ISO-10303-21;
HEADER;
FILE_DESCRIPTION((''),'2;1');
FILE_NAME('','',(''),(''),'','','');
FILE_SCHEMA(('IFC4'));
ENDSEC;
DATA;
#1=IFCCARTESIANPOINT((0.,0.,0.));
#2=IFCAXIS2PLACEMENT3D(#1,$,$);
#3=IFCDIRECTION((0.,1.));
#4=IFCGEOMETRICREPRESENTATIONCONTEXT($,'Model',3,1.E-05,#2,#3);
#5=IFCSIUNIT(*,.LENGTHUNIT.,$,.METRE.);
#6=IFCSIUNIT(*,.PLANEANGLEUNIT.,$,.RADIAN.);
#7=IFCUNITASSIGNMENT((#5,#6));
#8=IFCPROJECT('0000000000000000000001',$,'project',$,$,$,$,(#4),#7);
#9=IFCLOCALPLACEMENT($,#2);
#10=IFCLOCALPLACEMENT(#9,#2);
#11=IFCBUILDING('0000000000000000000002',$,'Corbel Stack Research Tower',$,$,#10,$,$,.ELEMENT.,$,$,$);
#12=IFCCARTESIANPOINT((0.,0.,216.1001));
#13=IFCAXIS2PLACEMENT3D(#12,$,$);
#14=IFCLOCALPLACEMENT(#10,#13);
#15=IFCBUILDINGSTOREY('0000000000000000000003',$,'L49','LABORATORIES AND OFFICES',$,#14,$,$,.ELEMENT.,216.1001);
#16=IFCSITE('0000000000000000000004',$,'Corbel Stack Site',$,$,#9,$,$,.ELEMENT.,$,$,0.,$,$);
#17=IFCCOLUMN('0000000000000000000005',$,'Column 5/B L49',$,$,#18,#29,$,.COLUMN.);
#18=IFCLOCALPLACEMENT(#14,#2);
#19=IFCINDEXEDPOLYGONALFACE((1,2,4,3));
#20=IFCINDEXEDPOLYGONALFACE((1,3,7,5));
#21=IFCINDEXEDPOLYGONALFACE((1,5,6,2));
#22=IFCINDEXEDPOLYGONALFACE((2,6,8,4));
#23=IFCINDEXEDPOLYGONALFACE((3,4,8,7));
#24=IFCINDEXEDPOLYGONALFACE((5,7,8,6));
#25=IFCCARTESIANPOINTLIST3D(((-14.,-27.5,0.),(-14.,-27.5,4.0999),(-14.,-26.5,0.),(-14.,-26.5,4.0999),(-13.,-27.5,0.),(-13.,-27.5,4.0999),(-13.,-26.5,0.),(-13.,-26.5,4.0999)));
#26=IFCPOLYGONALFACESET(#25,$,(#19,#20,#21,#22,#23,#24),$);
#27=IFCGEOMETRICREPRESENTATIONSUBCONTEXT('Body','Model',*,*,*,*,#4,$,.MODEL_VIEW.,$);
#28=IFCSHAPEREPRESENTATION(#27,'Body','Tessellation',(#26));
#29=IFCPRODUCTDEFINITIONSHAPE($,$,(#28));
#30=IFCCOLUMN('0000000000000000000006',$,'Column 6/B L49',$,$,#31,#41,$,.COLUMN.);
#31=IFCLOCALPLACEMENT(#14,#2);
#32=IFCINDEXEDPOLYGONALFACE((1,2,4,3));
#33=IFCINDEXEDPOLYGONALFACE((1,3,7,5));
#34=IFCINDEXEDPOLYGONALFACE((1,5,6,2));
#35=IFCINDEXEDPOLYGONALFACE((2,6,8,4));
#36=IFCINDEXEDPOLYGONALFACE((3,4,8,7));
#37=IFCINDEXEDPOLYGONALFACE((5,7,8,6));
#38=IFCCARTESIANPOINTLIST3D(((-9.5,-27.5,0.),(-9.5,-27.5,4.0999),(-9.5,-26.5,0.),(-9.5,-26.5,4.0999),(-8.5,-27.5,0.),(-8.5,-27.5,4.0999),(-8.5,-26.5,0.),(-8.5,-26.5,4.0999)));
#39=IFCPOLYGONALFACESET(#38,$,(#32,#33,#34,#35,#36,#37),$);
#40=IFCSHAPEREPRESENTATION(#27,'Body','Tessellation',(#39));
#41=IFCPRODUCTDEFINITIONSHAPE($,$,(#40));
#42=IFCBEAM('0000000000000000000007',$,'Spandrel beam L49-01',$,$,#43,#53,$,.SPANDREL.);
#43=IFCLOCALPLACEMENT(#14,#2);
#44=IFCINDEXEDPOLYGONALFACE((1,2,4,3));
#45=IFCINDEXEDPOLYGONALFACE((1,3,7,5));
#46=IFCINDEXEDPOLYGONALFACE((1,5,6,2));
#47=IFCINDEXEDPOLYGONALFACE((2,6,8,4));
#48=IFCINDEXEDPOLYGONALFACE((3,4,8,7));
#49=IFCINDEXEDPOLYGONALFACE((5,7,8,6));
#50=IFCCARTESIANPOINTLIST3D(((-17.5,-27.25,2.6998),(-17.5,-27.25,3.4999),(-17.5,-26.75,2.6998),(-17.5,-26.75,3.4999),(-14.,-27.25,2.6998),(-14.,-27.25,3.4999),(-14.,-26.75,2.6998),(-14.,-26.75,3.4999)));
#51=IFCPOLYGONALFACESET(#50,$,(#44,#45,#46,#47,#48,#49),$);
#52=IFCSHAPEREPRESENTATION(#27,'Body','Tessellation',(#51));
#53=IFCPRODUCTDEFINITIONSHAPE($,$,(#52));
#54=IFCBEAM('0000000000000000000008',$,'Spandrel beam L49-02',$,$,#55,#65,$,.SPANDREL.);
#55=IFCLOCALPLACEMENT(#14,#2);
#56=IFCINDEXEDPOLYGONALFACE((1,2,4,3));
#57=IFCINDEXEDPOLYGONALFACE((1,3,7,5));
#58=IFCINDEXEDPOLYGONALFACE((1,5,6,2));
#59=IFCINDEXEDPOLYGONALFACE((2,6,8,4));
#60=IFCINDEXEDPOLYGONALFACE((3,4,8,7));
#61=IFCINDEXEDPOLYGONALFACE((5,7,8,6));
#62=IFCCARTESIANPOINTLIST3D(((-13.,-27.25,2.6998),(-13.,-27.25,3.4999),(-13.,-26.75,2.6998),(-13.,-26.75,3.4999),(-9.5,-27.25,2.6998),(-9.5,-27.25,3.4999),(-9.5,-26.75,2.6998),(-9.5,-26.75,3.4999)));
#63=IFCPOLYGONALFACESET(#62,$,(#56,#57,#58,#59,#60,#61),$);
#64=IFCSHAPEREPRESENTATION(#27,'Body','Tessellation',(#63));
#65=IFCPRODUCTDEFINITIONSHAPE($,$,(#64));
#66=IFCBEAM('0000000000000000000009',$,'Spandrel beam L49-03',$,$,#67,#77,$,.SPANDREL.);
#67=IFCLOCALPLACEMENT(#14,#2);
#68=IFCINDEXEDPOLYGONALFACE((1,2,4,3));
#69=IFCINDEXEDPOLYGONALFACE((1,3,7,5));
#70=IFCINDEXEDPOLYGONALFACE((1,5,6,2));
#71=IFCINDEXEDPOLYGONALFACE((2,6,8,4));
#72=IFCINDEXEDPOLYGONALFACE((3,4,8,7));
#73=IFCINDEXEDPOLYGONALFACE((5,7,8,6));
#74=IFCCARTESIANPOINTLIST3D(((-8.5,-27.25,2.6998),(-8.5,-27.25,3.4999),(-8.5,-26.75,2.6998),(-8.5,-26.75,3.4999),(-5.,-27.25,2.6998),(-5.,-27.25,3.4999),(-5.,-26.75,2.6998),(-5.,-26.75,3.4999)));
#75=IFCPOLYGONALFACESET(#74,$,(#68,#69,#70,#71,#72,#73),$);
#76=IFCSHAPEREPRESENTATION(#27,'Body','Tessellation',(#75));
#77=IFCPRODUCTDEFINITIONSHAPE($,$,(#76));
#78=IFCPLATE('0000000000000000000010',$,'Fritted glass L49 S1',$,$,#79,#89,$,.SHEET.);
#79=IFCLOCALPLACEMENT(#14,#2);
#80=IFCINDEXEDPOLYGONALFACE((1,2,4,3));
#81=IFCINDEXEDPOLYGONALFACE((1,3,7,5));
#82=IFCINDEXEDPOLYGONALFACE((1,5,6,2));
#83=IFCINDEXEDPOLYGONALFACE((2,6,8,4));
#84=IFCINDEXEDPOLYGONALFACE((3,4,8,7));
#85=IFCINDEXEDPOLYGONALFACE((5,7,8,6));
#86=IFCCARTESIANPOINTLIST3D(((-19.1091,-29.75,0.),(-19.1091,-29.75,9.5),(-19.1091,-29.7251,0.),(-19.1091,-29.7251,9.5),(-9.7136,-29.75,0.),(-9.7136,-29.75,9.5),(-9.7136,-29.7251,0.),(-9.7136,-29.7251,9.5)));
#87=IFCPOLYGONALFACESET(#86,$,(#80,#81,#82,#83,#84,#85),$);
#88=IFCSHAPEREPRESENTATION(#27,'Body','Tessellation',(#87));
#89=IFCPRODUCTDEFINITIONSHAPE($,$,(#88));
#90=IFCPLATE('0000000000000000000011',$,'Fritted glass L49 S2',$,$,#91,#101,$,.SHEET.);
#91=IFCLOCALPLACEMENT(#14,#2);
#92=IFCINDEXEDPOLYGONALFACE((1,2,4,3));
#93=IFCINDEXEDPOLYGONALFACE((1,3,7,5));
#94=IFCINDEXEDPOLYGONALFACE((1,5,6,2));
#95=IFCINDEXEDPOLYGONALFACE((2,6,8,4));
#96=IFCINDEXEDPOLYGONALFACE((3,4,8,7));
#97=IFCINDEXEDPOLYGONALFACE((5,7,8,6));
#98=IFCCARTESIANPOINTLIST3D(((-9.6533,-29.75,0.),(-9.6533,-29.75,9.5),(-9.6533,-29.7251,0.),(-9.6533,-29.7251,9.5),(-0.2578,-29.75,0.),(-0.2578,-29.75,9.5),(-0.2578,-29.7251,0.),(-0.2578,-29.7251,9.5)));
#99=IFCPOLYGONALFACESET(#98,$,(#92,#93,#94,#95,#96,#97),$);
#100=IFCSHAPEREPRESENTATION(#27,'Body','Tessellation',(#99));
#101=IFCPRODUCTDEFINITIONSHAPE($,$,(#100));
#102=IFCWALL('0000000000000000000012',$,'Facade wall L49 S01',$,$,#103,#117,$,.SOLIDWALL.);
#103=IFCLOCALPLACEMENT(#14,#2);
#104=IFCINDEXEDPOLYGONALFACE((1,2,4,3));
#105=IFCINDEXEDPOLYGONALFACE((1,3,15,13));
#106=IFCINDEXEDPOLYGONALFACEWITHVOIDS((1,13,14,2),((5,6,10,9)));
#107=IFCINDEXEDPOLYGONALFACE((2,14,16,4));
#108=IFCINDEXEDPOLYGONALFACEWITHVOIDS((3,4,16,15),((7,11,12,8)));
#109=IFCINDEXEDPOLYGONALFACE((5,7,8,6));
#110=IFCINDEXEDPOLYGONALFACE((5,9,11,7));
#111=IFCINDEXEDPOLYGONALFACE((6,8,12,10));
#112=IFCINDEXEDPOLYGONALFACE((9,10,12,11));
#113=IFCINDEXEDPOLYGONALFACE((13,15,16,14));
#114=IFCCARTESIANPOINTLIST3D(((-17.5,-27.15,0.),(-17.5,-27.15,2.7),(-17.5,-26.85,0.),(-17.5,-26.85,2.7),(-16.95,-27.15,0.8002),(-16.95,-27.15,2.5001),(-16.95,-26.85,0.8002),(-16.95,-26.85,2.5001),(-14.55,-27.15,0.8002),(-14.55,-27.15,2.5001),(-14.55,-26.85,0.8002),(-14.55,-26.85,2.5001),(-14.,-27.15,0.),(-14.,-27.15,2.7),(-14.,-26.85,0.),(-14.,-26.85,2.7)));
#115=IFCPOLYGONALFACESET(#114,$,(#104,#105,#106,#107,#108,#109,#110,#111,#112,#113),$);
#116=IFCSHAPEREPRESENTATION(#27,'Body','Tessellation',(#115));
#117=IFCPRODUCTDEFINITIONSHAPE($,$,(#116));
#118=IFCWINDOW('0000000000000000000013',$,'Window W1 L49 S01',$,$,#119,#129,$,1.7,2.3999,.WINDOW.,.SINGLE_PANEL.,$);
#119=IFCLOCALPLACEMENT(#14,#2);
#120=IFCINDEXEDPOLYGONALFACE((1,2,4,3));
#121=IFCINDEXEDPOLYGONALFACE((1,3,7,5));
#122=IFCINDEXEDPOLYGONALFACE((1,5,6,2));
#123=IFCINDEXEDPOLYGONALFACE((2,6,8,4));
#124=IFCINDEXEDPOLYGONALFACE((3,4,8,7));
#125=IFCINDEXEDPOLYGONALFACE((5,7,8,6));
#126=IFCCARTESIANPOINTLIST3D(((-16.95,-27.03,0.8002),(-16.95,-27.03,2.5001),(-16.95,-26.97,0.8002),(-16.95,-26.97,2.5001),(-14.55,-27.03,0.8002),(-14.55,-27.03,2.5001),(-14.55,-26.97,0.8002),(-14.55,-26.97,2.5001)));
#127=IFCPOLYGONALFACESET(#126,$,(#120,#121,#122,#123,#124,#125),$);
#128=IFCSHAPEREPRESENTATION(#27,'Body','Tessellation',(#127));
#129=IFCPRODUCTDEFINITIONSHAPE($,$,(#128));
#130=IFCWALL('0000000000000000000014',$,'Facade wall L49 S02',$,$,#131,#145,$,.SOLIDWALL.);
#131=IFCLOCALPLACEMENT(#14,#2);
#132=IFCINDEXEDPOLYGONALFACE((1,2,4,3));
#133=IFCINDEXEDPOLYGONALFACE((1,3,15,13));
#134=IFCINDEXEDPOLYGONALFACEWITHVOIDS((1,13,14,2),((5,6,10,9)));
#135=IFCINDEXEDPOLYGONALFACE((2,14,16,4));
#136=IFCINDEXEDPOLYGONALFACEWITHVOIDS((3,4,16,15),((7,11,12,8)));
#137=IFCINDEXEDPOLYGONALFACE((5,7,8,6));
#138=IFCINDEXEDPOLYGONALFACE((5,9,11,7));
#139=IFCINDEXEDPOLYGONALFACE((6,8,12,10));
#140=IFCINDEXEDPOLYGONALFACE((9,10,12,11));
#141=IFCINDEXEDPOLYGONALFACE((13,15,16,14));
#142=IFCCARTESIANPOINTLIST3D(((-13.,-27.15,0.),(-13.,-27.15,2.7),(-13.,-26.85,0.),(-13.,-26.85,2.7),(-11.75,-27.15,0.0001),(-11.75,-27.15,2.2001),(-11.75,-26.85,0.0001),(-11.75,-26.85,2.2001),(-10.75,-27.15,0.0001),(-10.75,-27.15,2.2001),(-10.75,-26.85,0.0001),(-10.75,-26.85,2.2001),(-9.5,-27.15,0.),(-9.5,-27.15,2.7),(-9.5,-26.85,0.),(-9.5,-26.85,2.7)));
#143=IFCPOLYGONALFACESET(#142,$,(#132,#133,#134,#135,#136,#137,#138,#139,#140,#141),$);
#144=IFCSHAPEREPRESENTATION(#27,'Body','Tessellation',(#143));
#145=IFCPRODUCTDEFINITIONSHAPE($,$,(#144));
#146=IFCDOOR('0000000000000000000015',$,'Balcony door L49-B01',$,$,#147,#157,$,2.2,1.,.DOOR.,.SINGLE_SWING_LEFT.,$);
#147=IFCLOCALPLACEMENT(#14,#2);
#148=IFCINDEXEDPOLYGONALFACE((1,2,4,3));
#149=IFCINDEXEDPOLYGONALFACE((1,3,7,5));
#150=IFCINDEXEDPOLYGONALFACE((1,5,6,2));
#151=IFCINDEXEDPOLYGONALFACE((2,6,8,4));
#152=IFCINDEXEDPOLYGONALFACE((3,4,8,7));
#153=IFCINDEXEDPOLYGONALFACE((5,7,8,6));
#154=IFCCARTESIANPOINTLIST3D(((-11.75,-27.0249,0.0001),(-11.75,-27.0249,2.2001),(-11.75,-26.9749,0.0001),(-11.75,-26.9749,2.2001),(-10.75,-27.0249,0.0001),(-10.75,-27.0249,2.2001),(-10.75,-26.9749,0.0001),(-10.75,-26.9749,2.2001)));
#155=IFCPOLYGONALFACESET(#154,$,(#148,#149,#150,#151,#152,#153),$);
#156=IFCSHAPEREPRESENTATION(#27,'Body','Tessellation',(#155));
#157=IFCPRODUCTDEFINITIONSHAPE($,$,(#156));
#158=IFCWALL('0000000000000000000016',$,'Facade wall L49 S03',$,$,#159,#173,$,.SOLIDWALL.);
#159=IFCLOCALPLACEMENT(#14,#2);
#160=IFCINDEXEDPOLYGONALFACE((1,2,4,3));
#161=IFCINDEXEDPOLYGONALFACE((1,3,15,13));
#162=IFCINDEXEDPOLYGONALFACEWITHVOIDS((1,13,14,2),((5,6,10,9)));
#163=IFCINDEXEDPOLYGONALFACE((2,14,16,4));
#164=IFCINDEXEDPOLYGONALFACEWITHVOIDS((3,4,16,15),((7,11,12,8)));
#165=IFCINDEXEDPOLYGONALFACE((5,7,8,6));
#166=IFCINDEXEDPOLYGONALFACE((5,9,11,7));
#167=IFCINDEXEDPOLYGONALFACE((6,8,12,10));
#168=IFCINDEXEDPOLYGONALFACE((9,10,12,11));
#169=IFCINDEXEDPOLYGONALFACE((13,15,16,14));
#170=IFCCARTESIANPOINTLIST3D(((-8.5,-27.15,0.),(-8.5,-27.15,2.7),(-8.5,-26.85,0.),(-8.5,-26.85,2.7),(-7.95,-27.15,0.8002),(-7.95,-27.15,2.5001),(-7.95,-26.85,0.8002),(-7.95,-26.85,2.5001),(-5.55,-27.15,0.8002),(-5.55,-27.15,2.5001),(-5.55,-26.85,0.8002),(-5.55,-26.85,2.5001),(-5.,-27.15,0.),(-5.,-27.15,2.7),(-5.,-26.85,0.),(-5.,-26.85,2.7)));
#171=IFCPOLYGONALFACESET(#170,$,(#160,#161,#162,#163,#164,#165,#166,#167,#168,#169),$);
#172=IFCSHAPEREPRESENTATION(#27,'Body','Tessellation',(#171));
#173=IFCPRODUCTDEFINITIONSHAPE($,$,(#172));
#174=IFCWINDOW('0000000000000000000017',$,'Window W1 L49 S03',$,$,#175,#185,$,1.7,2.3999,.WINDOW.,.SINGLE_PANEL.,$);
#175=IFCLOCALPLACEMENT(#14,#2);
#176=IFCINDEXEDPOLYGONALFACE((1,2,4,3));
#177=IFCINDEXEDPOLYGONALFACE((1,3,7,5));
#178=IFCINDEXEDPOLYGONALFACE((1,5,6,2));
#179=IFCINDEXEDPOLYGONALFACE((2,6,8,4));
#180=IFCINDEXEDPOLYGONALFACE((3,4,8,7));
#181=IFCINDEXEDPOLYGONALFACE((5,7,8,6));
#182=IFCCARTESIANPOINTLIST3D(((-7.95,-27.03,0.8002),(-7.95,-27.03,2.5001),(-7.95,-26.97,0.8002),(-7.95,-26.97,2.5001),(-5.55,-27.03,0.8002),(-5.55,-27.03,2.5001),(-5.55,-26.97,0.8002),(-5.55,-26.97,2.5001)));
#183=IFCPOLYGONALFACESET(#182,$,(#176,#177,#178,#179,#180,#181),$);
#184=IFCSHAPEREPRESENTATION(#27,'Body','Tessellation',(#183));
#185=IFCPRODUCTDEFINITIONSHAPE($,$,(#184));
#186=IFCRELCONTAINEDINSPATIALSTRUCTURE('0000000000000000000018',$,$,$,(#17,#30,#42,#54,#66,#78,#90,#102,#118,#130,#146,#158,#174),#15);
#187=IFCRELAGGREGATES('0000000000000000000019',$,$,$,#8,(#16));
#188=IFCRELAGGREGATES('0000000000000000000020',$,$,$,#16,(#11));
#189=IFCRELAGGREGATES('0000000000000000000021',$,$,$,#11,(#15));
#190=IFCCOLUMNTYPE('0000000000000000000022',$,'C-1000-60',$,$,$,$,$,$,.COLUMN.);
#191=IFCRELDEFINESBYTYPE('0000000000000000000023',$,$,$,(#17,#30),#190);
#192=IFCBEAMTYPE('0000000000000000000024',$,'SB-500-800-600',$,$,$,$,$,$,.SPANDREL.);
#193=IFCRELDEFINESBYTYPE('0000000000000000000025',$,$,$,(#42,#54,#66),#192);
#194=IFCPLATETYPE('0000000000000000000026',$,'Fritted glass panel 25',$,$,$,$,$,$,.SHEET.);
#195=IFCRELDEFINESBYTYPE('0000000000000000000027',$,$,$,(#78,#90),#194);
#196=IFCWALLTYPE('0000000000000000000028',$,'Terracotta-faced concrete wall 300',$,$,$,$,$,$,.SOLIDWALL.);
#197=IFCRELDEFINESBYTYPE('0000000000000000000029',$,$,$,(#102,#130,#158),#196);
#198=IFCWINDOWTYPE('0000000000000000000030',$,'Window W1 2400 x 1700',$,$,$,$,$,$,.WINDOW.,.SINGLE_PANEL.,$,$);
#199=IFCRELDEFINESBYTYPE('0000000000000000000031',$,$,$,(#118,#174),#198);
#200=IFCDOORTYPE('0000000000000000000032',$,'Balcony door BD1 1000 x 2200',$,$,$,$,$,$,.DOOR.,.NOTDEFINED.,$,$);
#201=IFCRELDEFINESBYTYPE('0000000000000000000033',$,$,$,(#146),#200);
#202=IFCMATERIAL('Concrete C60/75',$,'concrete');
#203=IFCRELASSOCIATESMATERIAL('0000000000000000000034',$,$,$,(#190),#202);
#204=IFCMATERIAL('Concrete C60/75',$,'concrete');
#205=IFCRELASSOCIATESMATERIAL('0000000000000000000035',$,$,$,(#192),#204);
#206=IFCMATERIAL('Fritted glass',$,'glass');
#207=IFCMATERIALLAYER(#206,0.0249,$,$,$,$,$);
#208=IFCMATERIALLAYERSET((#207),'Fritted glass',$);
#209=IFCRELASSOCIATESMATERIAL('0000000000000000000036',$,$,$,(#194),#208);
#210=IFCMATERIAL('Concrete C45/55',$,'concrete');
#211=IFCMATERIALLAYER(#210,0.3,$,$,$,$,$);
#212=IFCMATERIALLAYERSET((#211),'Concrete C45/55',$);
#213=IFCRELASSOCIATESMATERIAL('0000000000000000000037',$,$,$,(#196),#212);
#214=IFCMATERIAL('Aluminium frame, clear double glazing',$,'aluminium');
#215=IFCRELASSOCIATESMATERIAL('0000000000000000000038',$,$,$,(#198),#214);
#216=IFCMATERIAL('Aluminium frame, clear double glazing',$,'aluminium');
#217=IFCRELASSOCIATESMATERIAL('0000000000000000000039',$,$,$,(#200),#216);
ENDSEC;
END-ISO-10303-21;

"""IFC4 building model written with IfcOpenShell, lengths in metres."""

from ifc_helpers import new_model, si_unit, direction, frame, frame_2d, origin, origin_2d, place, context, subcontext, project, spatial, rectangle, extrude, material, layer, layer_set, material_profile, profile_set, type_object, element, fill, save


model = new_model("IFC4")

# Units and contexts
model_context = context("Model", 3, precision=1e-05, world=origin(), true_north=direction((0.0, 1.0)))
body_context = subcontext(model_context, "Body", "Model", "MODEL_VIEW")
ifc_project = project(units=[si_unit("LENGTHUNIT", "METRE"), si_unit("PLANEANGLEUNIT", "RADIAN")], contexts=[model_context])

# Site, building, storey
site_placement = place(None, origin())
site = spatial("IfcSite", under=ifc_project, at=site_placement, Name="Corbel Stack Site", CompositionType="ELEMENT", RefElevation=0.0)
building_placement = place(site_placement, origin())
building = spatial("IfcBuilding", under=site, at=building_placement, Name="Corbel Stack Research Tower", CompositionType="ELEMENT")
storey_placement = place(building_placement, frame((0.0, 0.0, 216.1001)))
storey = spatial("IfcBuildingStorey", under=building, at=storey_placement, Name="L49", Description="LABORATORIES AND OFFICES", CompositionType="ELEMENT", Elevation=216.1001)

# Columns
ifc_material_1 = material(Name="Concrete C60/75", Category="concrete")
ifc_material_profile_1 = material_profile(ifc_material_1, rectangle(XDim=1.0, YDim=1.0, at=origin_2d()), Name="RC 1000 x 1000")
ifc_profile_set_1 = profile_set([ifc_material_profile_1], Name="Concrete C60/75")
column_type = type_object("IfcColumnType", Name="C-1000-60", PredefinedType="COLUMN", material=ifc_profile_set_1)
for number, where, z_axis, x_axis, name in (
    (1, (-13.5, -27.0, 0.0), (0.0, 0.0, 1.0), (1.0, 0.0, 0.0), "Column 5/B L49"),
    (2, (-9.0, -27.0, 0.0), (0.0, 0.0, 1.0), (1.0, 0.0, 0.0), "Column 6/B L49"),
):
    element("IfcColumn", number, at=place(storey_placement, frame(where, z_axis=z_axis, x_axis=x_axis)), inside=storey, type_object=column_type, Name=name, PredefinedType="COLUMN", context=body_context, shape_type="SweptSolid", body=[
        extrude(rectangle(XDim=1.0, YDim=1.0, at=origin_2d()), origin(), (0.0, 0.0, 1.0), 4.0999),
    ])

# Beams
ifc_material_2 = material(Name="Concrete C60/75", Category="concrete")
ifc_material_profile_2 = material_profile(ifc_material_2, rectangle(XDim=0.5, YDim=0.8, at=origin_2d()), Name="RC 500 x 800")
ifc_profile_set_2 = profile_set([ifc_material_profile_2], Name="Concrete C60/75")
beam_type = type_object("IfcBeamType", Name="SB-500-800-600", PredefinedType="SPANDREL", material=ifc_profile_set_2)
for number, where, z_axis, x_axis, name in (
    (3, (-17.5, -27.0, 3.0999), (1.0, 0.0, 0.0), (0.0, 1.0, 0.0), "Spandrel beam L49-01"),
    (4, (-13.0, -27.0, 3.0999), (1.0, 0.0, 0.0), (0.0, 1.0, 0.0), "Spandrel beam L49-02"),
    (5, (-8.5, -27.0, 3.0999), (1.0, 0.0, 0.0), (0.0, 1.0, 0.0), "Spandrel beam L49-03"),
):
    element("IfcBeam", number, at=place(storey_placement, frame(where, z_axis=z_axis, x_axis=x_axis)), inside=storey, type_object=beam_type, Name=name, PredefinedType="SPANDREL", context=body_context, shape_type="SweptSolid", body=[
        extrude(rectangle(XDim=0.5, YDim=0.8, at=origin_2d()), origin(), (0.0, 0.0, 1.0), 3.5),
    ])

# Plates
ifc_material_3 = material(Name="Fritted glass", Category="glass")
ifc_layer_1 = layer(ifc_material_3, 0.0249)
ifc_layer_set_1 = layer_set([ifc_layer_1], Name="Fritted glass")
plate_type = type_object("IfcPlateType", Name="Fritted glass panel 25", PredefinedType="SHEET", material=ifc_layer_set_1)
for number, where, z_axis, x_axis, name in (
    (6, (-14.4114, -29.7375, 0.0), (0.0, 0.0, 1.0), (1.0, 0.0, 0.0), "Fritted glass L49 S1"),
    (7, (-4.9556, -29.7375, 0.0), (0.0, 0.0, 1.0), (1.0, 0.0, 0.0), "Fritted glass L49 S2"),
):
    element("IfcPlate", number, at=place(storey_placement, frame(where, z_axis=z_axis, x_axis=x_axis)), inside=storey, type_object=plate_type, Name=name, PredefinedType="SHEET", context=body_context, shape_type="SweptSolid", body=[
        extrude(rectangle(XDim=9.3955, YDim=0.0249, at=origin_2d()), origin(), (0.0, 0.0, 1.0), 9.5),
    ])

# Wall, opening, window
ifc_material_4 = material(Name="Concrete C45/55", Category="concrete")
ifc_layer_2 = layer(ifc_material_4, 0.3)
ifc_layer_set_2 = layer_set([ifc_layer_2], Name="Concrete C45/55")
wall_type = type_object("IfcWallType", Name="Terracotta-faced concrete wall 300", PredefinedType="SOLIDWALL", material=ifc_layer_set_2)
wall_1_placement = place(storey_placement, frame((-14.0, -27.0, 0.0), z_axis=(0.0, 0.0, 1.0), x_axis=(-1.0, 0.0, 0.0)))
wall_1 = element("IfcWall", 8, at=wall_1_placement, inside=storey, type_object=wall_type, Name="Facade wall L49 S01", PredefinedType="SOLIDWALL", context=body_context, shape_type="SweptSolid", body=[
    extrude(rectangle(XDim=3.5, YDim=0.3, at=frame_2d((1.75, 0.0))), origin(), (0.0, 0.0, 1.0), 2.7),
])
opening_1_placement = place(wall_1_placement, frame((0.55, 0.0, 0.8)))
opening_1 = element("IfcOpeningElement", 9, at=opening_1_placement, cuts=wall_1, PredefinedType="OPENING", context=body_context, shape_type="SweptSolid", body=[
    extrude(rectangle(XDim=2.3999, YDim=1.7, at=frame_2d((1.2, 0.8501))), frame((0.0, 0.1599, 0.0), z_axis=(0.0, -1.0, 0.0), x_axis=(1.0, 0.0, 0.0)), (0.0, 0.0, 1.0), 0.3201),
])
ifc_material_5 = material(Name="Aluminium frame, clear double glazing", Category="aluminium")
window_type = type_object("IfcWindowType", Name="Window W1 2400 x 1700", PartitioningType="SINGLE_PANEL", PredefinedType="WINDOW", material=ifc_material_5)
window_1_placement = place(opening_1_placement, origin())
window_1 = element("IfcWindow", 10, at=window_1_placement, inside=storey, type_object=window_type, Name="Window W1 L49 S01", OverallHeight=1.7, OverallWidth=2.3999, PartitioningType="SINGLE_PANEL", PredefinedType="WINDOW", context=body_context, shape_type="SweptSolid", body=[
    extrude(rectangle(XDim=2.3999, YDim=1.7, at=frame_2d((1.2, 0.8501))), frame((0.0, 0.03, 0.0), z_axis=(0.0, -1.0, 0.0), x_axis=(1.0, 0.0, 0.0)), (0.0, 0.0, 1.0), 0.0601),
])
fill(opening_1, window_1)

# Wall, opening, door
wall_2_placement = place(storey_placement, frame((-9.5, -27.0, 0.0), z_axis=(0.0, 0.0, 1.0), x_axis=(-1.0, 0.0, 0.0)))
wall_2 = element("IfcWall", 11, at=wall_2_placement, inside=storey, type_object=wall_type, Name="Facade wall L49 S02", PredefinedType="SOLIDWALL", context=body_context, shape_type="SweptSolid", body=[
    extrude(rectangle(XDim=3.5, YDim=0.3, at=frame_2d((1.75, 0.0))), origin(), (0.0, 0.0, 1.0), 2.7),
])
opening_2_placement = place(wall_2_placement, frame((1.25, 0.0, 0.0)))
opening_2 = element("IfcOpeningElement", 12, at=opening_2_placement, cuts=wall_2, PredefinedType="OPENING", context=body_context, shape_type="SweptSolid", body=[
    extrude(rectangle(XDim=1.0, YDim=2.2, at=frame_2d((0.5, 1.1001))), frame((0.0, 0.1599, 0.0), z_axis=(0.0, -1.0, 0.0), x_axis=(1.0, 0.0, 0.0)), (0.0, 0.0, 1.0), 0.3201),
])
ifc_material_6 = material(Name="Aluminium frame, clear double glazing", Category="aluminium")
door_type = type_object("IfcDoorType", Name="Balcony door BD1 1000 x 2200", OperationType="NOTDEFINED", PredefinedType="DOOR", material=ifc_material_6)
door_placement = place(opening_2_placement, origin())
door = element("IfcDoor", 13, at=door_placement, inside=storey, type_object=door_type, Name="Balcony door L49-B01", OperationType="SINGLE_SWING_LEFT", OverallHeight=2.2, OverallWidth=1.0, PredefinedType="DOOR", context=body_context, shape_type="SweptSolid", body=[
    extrude(rectangle(XDim=1.0, YDim=2.2, at=frame_2d((0.5, 1.1001))), frame((0.0, 0.0249, 0.0), z_axis=(0.0, -1.0, 0.0), x_axis=(1.0, 0.0, 0.0)), (0.0, 0.0, 1.0), 0.05),
])
fill(opening_2, door)

# Wall, opening, window
wall_3_placement = place(storey_placement, frame((-5.0, -27.0, 0.0), z_axis=(0.0, 0.0, 1.0), x_axis=(-1.0, 0.0, 0.0)))
wall_3 = element("IfcWall", 14, at=wall_3_placement, inside=storey, type_object=wall_type, Name="Facade wall L49 S03", PredefinedType="SOLIDWALL", context=body_context, shape_type="SweptSolid", body=[
    extrude(rectangle(XDim=3.5, YDim=0.3, at=frame_2d((1.75, 0.0))), origin(), (0.0, 0.0, 1.0), 2.7),
])
opening_3_placement = place(wall_3_placement, frame((0.55, 0.0, 0.8)))
opening_3 = element("IfcOpeningElement", 15, at=opening_3_placement, cuts=wall_3, PredefinedType="OPENING", context=body_context, shape_type="SweptSolid", body=[
    extrude(rectangle(XDim=2.3999, YDim=1.7, at=frame_2d((1.2, 0.8501))), frame((0.0, 0.1599, 0.0), z_axis=(0.0, -1.0, 0.0), x_axis=(1.0, 0.0, 0.0)), (0.0, 0.0, 1.0), 0.3201),
])
window_2_placement = place(opening_3_placement, origin())
window_2 = element("IfcWindow", 16, at=window_2_placement, inside=storey, type_object=window_type, Name="Window W1 L49 S03", OverallHeight=1.7, OverallWidth=2.3999, PartitioningType="SINGLE_PANEL", PredefinedType="WINDOW", context=body_context, shape_type="SweptSolid", body=[
    extrude(rectangle(XDim=2.3999, YDim=1.7, at=frame_2d((1.2, 0.8501))), frame((0.0, 0.03, 0.0), z_axis=(0.0, -1.0, 0.0), x_axis=(1.0, 0.0, 0.0)), (0.0, 0.0, 1.0), 0.0601),
])
fill(opening_3, window_2)

save(model, "model.ifc")
